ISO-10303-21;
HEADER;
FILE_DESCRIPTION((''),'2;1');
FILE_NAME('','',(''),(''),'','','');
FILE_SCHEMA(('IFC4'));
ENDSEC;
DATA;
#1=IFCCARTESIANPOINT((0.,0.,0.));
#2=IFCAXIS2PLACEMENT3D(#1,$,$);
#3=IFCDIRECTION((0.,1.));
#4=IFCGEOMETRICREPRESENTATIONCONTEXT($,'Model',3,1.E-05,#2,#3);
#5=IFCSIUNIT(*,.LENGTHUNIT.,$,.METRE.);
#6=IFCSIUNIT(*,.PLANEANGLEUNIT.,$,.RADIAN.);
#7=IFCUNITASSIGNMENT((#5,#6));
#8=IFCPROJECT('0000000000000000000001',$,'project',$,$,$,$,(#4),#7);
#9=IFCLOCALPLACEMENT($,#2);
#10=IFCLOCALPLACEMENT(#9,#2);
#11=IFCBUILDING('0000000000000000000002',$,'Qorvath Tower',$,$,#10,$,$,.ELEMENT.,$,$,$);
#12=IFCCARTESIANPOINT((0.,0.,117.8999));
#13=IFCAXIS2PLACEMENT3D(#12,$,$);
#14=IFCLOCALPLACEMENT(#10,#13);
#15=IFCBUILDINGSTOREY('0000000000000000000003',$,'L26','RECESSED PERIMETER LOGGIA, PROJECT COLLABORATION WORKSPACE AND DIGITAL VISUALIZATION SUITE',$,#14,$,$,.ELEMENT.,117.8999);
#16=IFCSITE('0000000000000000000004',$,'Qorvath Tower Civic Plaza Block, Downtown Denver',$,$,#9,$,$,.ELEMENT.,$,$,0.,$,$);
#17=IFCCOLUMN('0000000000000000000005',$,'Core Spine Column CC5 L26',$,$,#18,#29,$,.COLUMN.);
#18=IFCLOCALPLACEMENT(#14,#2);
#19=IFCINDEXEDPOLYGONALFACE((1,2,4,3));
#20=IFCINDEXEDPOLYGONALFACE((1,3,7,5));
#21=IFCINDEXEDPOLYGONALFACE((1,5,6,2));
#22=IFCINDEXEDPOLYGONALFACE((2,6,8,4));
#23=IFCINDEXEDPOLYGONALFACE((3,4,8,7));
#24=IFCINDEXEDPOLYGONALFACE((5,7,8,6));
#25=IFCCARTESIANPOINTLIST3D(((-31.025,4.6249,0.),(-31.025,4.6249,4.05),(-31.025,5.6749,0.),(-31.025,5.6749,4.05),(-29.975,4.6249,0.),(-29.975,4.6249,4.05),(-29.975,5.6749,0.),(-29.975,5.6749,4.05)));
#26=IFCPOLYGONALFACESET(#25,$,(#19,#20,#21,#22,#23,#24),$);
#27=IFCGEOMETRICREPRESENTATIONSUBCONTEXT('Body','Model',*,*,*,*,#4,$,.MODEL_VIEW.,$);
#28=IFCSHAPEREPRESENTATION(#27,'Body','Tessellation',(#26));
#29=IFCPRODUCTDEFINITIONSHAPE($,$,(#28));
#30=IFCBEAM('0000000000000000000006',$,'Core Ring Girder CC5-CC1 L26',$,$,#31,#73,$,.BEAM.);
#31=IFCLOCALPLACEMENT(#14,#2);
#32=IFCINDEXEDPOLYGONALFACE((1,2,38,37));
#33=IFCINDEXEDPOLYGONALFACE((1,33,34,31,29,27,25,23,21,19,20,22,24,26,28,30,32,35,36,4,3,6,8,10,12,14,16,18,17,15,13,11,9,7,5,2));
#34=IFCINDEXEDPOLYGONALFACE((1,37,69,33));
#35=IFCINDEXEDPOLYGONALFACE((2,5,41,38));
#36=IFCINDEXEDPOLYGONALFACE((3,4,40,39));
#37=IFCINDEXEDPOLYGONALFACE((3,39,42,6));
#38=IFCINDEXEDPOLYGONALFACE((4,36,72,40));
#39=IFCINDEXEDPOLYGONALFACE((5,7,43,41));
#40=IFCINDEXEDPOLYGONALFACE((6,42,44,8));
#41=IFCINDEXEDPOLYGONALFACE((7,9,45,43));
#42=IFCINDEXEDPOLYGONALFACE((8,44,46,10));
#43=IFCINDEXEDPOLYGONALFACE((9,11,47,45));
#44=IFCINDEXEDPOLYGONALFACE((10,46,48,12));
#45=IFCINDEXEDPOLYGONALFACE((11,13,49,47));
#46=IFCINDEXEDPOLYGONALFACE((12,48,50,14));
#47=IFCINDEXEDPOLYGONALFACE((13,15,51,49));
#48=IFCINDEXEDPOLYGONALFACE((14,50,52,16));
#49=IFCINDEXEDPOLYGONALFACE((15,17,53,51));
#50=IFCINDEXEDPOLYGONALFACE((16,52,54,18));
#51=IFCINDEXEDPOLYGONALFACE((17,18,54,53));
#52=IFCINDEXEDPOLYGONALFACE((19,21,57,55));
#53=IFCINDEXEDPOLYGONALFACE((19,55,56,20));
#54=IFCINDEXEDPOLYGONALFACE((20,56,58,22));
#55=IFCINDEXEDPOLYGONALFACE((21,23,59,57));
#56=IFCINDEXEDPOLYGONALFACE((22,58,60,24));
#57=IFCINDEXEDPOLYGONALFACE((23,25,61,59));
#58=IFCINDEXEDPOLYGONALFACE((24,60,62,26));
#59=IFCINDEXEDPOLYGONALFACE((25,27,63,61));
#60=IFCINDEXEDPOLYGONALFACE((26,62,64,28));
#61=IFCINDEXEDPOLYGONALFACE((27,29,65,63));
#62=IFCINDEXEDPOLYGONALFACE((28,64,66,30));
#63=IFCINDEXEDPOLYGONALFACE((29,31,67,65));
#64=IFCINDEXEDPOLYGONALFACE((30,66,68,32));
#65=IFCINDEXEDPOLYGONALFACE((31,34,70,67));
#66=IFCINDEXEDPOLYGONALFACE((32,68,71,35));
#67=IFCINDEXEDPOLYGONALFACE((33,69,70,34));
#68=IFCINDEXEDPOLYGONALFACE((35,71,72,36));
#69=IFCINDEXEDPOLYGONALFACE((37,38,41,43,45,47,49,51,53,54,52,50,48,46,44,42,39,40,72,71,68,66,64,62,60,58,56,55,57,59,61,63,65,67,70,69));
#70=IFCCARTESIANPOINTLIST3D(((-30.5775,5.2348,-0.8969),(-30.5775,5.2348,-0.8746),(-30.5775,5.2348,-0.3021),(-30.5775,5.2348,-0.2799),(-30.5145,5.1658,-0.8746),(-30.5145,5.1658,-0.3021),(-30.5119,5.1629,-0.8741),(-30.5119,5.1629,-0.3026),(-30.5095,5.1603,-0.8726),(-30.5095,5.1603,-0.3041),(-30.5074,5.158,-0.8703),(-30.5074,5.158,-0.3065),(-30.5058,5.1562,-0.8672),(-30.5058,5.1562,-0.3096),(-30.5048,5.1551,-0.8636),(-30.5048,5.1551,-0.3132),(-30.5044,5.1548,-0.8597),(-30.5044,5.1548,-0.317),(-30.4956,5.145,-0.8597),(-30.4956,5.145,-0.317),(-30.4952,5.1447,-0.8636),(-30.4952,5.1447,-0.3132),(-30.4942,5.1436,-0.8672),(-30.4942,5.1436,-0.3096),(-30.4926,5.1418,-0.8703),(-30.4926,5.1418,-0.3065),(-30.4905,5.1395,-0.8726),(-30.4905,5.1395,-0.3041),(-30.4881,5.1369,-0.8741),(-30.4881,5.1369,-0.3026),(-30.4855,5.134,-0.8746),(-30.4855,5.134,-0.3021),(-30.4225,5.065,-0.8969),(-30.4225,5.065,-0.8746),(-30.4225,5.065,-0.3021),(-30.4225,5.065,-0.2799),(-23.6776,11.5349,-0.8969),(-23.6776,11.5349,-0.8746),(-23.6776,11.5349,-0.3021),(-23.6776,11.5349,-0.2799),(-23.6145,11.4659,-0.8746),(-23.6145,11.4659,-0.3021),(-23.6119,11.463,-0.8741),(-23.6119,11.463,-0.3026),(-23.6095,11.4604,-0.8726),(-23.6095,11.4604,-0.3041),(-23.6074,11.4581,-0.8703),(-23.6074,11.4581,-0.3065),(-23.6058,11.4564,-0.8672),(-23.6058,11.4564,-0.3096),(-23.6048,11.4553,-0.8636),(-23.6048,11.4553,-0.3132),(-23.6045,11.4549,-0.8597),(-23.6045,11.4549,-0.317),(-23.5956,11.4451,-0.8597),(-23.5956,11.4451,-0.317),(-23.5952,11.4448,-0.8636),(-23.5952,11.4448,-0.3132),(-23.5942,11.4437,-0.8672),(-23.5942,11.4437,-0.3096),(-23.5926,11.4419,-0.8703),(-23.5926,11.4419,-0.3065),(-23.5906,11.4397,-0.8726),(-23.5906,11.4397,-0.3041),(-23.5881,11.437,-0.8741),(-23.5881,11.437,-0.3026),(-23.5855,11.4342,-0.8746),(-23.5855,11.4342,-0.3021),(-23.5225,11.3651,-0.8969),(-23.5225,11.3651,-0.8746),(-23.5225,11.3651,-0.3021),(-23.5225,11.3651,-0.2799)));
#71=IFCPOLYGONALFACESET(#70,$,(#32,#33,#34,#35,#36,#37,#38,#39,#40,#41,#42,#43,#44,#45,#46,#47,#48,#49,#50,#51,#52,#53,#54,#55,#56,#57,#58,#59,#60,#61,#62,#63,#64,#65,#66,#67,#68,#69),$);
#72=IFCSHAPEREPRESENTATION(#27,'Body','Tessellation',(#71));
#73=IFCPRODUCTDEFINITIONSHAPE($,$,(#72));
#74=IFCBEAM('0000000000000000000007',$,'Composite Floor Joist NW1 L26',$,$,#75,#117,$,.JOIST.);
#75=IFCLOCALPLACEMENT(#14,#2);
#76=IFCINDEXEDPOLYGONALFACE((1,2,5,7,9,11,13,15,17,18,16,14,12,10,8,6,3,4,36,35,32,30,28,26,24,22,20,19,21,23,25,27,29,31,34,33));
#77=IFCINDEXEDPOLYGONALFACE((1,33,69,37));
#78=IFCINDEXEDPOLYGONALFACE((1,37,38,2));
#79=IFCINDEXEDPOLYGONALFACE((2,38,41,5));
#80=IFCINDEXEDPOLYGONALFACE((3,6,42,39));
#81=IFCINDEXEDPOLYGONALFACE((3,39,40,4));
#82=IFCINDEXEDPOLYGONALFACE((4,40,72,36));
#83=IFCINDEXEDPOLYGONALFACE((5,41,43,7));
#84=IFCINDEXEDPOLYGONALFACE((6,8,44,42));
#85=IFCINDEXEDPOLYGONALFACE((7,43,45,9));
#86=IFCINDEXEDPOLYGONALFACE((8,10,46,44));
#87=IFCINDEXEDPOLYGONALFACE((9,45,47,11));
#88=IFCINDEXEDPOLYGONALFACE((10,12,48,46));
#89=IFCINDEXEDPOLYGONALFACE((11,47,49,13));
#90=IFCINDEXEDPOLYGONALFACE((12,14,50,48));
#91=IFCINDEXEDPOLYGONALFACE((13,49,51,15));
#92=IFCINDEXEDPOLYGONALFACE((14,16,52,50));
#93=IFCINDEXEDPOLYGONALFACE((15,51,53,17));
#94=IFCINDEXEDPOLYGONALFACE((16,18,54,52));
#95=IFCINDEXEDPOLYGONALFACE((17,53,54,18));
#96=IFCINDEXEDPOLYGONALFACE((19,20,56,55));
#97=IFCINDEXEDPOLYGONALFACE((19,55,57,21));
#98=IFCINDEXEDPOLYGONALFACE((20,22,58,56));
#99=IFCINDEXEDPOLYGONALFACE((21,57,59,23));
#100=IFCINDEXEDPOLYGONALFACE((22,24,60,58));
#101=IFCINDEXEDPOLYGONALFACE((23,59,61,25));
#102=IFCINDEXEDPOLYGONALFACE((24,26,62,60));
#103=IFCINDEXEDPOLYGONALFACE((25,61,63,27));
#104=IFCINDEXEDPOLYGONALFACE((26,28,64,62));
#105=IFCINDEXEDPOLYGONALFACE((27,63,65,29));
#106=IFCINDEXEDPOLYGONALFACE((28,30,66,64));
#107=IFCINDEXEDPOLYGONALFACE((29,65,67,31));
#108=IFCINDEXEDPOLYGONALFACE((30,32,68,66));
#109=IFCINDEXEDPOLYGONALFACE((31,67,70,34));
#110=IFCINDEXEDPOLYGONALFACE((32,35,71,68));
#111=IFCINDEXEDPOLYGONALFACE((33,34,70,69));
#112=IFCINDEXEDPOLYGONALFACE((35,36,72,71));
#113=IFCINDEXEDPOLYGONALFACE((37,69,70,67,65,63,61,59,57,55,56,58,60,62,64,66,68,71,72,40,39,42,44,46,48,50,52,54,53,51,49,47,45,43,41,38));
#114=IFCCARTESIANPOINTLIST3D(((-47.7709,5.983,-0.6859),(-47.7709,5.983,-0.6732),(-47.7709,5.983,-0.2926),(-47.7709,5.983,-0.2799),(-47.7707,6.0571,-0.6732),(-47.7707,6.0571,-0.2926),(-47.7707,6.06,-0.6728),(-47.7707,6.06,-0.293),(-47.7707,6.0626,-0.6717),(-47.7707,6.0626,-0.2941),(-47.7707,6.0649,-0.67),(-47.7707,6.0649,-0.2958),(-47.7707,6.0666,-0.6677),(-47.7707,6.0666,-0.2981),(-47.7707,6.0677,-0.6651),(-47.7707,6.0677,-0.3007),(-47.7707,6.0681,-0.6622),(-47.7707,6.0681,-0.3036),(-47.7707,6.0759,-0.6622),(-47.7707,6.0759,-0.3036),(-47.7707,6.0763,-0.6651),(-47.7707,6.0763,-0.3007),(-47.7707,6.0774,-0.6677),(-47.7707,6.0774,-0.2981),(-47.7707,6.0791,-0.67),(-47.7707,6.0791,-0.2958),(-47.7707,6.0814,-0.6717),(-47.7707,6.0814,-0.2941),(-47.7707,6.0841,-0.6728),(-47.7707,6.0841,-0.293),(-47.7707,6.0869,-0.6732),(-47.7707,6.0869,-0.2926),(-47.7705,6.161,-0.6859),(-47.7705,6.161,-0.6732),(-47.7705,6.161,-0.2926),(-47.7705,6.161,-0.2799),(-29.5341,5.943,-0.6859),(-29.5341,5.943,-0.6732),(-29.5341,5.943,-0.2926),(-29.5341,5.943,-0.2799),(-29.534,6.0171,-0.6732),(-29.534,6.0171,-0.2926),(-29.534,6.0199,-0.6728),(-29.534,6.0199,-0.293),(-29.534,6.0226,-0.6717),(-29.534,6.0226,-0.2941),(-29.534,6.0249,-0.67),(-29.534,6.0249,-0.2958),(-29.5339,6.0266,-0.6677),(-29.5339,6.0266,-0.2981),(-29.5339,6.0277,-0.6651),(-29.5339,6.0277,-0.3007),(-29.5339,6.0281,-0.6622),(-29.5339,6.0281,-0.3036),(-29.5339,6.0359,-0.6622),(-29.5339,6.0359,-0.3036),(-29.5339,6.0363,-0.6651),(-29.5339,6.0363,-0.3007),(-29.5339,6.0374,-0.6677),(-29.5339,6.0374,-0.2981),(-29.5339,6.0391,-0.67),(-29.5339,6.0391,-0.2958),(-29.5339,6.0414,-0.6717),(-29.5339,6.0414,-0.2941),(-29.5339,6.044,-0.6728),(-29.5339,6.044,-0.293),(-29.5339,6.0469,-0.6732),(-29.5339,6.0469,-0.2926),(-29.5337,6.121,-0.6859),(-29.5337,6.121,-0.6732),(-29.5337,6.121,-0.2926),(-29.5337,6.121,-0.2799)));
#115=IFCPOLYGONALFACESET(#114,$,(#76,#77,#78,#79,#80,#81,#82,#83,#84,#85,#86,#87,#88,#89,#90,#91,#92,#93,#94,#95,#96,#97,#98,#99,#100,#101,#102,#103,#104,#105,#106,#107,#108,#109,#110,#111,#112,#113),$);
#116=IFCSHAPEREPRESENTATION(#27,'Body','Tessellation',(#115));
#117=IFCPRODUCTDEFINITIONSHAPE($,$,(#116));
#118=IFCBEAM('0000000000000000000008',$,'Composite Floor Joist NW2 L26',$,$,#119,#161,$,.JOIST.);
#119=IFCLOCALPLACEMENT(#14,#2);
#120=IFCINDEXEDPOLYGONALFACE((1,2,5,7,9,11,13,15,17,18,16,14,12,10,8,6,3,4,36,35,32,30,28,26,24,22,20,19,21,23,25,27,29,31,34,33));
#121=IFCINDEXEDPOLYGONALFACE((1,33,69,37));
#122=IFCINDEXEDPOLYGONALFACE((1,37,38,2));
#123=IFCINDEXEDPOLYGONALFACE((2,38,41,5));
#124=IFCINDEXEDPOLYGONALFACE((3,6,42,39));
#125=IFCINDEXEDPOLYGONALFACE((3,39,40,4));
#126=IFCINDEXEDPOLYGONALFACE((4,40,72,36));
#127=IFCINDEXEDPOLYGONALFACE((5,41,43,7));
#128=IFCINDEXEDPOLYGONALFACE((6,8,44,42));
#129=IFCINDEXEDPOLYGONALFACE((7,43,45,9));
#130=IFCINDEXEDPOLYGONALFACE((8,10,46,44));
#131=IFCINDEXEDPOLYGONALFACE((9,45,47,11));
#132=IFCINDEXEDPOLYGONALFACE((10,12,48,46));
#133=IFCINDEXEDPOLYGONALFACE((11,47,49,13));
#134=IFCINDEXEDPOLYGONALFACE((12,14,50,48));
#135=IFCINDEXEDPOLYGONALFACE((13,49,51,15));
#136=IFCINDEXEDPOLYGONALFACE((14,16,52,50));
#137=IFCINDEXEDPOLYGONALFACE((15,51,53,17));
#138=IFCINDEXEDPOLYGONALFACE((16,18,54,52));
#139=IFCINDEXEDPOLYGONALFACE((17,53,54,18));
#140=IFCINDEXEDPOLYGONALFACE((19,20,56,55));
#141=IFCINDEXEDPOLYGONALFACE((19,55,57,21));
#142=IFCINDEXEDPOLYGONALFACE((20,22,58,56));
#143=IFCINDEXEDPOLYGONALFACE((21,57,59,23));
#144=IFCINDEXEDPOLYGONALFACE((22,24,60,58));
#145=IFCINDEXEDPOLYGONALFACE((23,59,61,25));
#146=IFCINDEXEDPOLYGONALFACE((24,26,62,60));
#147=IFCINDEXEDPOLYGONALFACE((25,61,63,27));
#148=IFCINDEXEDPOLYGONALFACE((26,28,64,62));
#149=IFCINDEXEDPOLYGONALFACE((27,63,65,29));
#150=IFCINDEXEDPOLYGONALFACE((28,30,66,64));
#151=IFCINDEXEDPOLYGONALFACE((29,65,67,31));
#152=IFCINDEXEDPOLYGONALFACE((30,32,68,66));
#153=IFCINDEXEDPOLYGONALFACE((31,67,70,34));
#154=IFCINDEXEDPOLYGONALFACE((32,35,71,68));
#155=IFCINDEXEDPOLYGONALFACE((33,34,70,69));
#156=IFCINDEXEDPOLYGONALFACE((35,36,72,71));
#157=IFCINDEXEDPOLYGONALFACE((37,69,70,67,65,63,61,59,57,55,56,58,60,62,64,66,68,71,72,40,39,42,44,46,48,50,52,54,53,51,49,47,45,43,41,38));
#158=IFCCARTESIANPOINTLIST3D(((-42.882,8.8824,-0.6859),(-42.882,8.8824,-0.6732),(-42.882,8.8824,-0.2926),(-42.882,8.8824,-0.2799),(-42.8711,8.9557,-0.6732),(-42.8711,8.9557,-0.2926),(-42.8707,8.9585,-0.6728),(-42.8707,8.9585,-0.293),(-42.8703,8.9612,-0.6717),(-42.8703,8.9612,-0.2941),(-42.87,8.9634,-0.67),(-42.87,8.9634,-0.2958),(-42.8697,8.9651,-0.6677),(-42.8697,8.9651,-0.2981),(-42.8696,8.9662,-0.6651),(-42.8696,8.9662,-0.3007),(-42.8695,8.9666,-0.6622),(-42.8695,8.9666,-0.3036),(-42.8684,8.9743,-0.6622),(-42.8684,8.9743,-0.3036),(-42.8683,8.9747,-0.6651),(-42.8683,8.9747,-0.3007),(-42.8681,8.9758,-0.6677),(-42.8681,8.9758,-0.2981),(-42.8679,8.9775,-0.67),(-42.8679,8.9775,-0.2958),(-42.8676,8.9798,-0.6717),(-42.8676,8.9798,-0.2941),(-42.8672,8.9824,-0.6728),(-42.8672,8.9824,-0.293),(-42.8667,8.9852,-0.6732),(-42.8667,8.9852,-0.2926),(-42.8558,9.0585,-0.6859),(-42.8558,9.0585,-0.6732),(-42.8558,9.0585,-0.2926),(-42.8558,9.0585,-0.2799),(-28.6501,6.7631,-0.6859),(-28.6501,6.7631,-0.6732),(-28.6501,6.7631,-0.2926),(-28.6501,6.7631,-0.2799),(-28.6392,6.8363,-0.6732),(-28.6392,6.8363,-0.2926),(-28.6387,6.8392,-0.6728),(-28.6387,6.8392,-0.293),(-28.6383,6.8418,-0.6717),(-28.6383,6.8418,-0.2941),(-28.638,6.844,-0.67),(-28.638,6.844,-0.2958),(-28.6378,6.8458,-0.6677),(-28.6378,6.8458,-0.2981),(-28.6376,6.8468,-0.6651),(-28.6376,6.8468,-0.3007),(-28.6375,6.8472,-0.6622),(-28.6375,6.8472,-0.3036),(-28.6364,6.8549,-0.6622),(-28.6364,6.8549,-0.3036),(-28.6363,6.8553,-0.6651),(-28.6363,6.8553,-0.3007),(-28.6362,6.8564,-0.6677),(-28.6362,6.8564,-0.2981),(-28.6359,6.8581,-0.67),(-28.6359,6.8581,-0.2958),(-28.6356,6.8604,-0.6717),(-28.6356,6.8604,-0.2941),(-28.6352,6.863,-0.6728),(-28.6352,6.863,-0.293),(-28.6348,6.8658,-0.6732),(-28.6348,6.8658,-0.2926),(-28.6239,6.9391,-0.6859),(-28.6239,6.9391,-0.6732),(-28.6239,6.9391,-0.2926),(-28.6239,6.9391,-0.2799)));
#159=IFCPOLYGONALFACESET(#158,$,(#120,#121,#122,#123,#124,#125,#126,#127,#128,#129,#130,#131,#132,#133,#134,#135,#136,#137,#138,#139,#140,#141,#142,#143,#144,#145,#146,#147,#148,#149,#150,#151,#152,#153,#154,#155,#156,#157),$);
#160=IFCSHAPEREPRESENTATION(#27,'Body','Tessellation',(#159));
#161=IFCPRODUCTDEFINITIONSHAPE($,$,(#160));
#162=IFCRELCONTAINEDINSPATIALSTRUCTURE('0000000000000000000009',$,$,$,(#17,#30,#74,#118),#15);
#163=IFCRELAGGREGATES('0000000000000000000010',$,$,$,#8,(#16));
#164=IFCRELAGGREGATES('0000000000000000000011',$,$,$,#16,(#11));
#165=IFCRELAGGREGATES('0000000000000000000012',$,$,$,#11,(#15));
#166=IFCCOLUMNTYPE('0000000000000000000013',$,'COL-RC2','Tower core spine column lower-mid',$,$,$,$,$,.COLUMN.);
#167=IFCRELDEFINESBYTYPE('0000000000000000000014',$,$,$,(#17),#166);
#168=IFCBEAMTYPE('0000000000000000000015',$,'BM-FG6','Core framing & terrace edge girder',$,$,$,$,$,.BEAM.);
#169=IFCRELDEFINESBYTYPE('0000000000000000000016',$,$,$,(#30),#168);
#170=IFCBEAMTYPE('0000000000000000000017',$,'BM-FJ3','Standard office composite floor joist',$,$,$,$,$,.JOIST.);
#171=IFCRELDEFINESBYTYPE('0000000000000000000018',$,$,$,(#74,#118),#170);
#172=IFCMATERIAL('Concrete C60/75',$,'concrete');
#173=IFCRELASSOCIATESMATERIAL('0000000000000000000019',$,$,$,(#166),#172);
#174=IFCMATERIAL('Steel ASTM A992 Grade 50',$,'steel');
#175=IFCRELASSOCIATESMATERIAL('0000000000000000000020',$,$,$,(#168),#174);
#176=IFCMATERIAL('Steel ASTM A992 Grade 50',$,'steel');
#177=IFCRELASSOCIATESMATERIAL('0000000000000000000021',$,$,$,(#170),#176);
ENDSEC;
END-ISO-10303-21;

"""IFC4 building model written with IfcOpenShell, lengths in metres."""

from ifc_helpers import new_model, si_unit, direction, frame, origin, origin_2d, place, context, subcontext, project, spatial, rectangle, i_section, extrude, material, material_profile, profile_set, type_object, element, save


model = new_model("IFC4")

# Units and contexts
model_context = context("Model", 3, precision=1e-05, world=origin(), true_north=direction((0.0, 1.0)))
body_context = subcontext(model_context, "Body", "Model", "MODEL_VIEW")
ifc_project = project(units=[si_unit("LENGTHUNIT", "METRE"), si_unit("PLANEANGLEUNIT", "RADIAN")], contexts=[model_context])

# Site, building, storey
site_placement = place(None, origin())
site = spatial("IfcSite", under=ifc_project, at=site_placement, Name="Qorvath Tower Civic Plaza Block, Downtown Denver", CompositionType="ELEMENT", RefElevation=0.0)
building_placement = place(site_placement, origin())
building = spatial("IfcBuilding", under=site, at=building_placement, Name="Qorvath Tower", CompositionType="ELEMENT")
storey_placement = place(building_placement, frame((0.0, 0.0, 117.8999)))
storey = spatial("IfcBuildingStorey", under=building, at=storey_placement, Name="L26", Description="RECESSED PERIMETER LOGGIA, PROJECT COLLABORATION WORKSPACE AND DIGITAL VISUALIZATION SUITE", CompositionType="ELEMENT", Elevation=117.8999)

# Column
ifc_material_1 = material(Name="Concrete C60/75", Category="concrete")
ifc_material_profile_1 = material_profile(ifc_material_1, rectangle(XDim=1.05, YDim=1.05, at=origin_2d()), Name="RC 1050x1050")
ifc_profile_set_1 = profile_set([ifc_material_profile_1], Name="Concrete C60/75")
column_type = type_object("IfcColumnType", Name="COL-RC2", Description="Tower core spine column lower-mid", PredefinedType="COLUMN", material=ifc_profile_set_1)
column_placement = place(storey_placement, frame((-30.5, 5.1499, 0.0), z_axis=(0.0, 0.0, 1.0), x_axis=(1.0, 0.0, 0.0)))
element("IfcColumn", 1, at=column_placement, inside=storey, type_object=column_type, Name="Core Spine Column CC5 L26", PredefinedType="COLUMN", context=body_context, shape_type="SweptSolid", body=[
    extrude(rectangle(XDim=1.05, YDim=1.05, at=origin_2d()), origin(), (0.0, 0.0, 1.0), 4.05),
])

# Beams
ifc_material_2 = material(Name="Steel ASTM A992 Grade 50", Category="steel")
ifc_material_profile_2 = material_profile(ifc_material_2, i_section(OverallWidth=0.23, OverallDepth=0.6169, WebThickness=0.0132, FlangeThickness=0.0222, FilletRadius=0.0149, at=origin_2d()), Name="W24x94")
ifc_profile_set_2 = profile_set([ifc_material_profile_2], Name="Steel ASTM A992 Grade 50")
beam_type_1 = type_object("IfcBeamType", Name="BM-FG6", Description="Core framing & terrace edge girder", PredefinedType="BEAM", material=ifc_profile_set_2)
beam_1_placement = place(storey_placement, frame((-30.5, 5.1499, -0.5884), z_axis=(0.738478, 0.674277, 0.0), x_axis=(-0.674277, 0.738478, 0.0)))
element("IfcBeam", 2, at=beam_1_placement, inside=storey, type_object=beam_type_1, Name="Core Ring Girder CC5-CC1 L26", PredefinedType="BEAM", context=body_context, shape_type="SweptSolid", body=[
    extrude(i_section(OverallWidth=0.23, OverallDepth=0.6169, WebThickness=0.0132, FlangeThickness=0.0222, FilletRadius=0.0149, at=origin_2d()), origin(), (0.0, 0.0, 1.0), 9.3435),
])
ifc_material_3 = material(Name="Steel ASTM A992 Grade 50", Category="steel")
ifc_material_profile_3 = material_profile(ifc_material_3, i_section(OverallWidth=0.178, OverallDepth=0.406, WebThickness=0.0078, FlangeThickness=0.0127, FilletRadius=0.011, at=origin_2d()), Name="W16x40")
ifc_profile_set_3 = profile_set([ifc_material_profile_3], Name="Steel ASTM A992 Grade 50")
beam_type_2 = type_object("IfcBeamType", Name="BM-FJ3", Description="Standard office composite floor joist", PredefinedType="JOIST", material=ifc_profile_set_3)
beam_2_placement = place(storey_placement, frame((-29.5339, 6.032, -0.4829), z_axis=(-0.999998, 0.002196, 0.0), x_axis=(-0.002196, -0.999998, 0.0)))
element("IfcBeam", 3, at=beam_2_placement, inside=storey, type_object=beam_type_2, Name="Composite Floor Joist NW1 L26", PredefinedType="JOIST", context=body_context, shape_type="SweptSolid", body=[
    extrude(i_section(OverallWidth=0.178, OverallDepth=0.406, WebThickness=0.0078, FlangeThickness=0.0127, FilletRadius=0.011, at=origin_2d()), origin(), (0.0, 0.0, 1.0), 18.2368),
])
beam_3_placement = place(storey_placement, frame((-28.637, 6.8511, -0.4829), z_axis=(-0.989093, 0.147293, 0.0), x_axis=(-0.147293, -0.989093, 0.0)))
element("IfcBeam", 4, at=beam_3_placement, inside=storey, type_object=beam_type_2, Name="Composite Floor Joist NW2 L26", PredefinedType="JOIST", context=body_context, shape_type="SweptSolid", body=[
    extrude(i_section(OverallWidth=0.178, OverallDepth=0.406, WebThickness=0.0078, FlangeThickness=0.0127, FilletRadius=0.011, at=origin_2d()), origin(), (0.0, 0.0, 1.0), 14.3889),
])

save(model, "model.ifc")
